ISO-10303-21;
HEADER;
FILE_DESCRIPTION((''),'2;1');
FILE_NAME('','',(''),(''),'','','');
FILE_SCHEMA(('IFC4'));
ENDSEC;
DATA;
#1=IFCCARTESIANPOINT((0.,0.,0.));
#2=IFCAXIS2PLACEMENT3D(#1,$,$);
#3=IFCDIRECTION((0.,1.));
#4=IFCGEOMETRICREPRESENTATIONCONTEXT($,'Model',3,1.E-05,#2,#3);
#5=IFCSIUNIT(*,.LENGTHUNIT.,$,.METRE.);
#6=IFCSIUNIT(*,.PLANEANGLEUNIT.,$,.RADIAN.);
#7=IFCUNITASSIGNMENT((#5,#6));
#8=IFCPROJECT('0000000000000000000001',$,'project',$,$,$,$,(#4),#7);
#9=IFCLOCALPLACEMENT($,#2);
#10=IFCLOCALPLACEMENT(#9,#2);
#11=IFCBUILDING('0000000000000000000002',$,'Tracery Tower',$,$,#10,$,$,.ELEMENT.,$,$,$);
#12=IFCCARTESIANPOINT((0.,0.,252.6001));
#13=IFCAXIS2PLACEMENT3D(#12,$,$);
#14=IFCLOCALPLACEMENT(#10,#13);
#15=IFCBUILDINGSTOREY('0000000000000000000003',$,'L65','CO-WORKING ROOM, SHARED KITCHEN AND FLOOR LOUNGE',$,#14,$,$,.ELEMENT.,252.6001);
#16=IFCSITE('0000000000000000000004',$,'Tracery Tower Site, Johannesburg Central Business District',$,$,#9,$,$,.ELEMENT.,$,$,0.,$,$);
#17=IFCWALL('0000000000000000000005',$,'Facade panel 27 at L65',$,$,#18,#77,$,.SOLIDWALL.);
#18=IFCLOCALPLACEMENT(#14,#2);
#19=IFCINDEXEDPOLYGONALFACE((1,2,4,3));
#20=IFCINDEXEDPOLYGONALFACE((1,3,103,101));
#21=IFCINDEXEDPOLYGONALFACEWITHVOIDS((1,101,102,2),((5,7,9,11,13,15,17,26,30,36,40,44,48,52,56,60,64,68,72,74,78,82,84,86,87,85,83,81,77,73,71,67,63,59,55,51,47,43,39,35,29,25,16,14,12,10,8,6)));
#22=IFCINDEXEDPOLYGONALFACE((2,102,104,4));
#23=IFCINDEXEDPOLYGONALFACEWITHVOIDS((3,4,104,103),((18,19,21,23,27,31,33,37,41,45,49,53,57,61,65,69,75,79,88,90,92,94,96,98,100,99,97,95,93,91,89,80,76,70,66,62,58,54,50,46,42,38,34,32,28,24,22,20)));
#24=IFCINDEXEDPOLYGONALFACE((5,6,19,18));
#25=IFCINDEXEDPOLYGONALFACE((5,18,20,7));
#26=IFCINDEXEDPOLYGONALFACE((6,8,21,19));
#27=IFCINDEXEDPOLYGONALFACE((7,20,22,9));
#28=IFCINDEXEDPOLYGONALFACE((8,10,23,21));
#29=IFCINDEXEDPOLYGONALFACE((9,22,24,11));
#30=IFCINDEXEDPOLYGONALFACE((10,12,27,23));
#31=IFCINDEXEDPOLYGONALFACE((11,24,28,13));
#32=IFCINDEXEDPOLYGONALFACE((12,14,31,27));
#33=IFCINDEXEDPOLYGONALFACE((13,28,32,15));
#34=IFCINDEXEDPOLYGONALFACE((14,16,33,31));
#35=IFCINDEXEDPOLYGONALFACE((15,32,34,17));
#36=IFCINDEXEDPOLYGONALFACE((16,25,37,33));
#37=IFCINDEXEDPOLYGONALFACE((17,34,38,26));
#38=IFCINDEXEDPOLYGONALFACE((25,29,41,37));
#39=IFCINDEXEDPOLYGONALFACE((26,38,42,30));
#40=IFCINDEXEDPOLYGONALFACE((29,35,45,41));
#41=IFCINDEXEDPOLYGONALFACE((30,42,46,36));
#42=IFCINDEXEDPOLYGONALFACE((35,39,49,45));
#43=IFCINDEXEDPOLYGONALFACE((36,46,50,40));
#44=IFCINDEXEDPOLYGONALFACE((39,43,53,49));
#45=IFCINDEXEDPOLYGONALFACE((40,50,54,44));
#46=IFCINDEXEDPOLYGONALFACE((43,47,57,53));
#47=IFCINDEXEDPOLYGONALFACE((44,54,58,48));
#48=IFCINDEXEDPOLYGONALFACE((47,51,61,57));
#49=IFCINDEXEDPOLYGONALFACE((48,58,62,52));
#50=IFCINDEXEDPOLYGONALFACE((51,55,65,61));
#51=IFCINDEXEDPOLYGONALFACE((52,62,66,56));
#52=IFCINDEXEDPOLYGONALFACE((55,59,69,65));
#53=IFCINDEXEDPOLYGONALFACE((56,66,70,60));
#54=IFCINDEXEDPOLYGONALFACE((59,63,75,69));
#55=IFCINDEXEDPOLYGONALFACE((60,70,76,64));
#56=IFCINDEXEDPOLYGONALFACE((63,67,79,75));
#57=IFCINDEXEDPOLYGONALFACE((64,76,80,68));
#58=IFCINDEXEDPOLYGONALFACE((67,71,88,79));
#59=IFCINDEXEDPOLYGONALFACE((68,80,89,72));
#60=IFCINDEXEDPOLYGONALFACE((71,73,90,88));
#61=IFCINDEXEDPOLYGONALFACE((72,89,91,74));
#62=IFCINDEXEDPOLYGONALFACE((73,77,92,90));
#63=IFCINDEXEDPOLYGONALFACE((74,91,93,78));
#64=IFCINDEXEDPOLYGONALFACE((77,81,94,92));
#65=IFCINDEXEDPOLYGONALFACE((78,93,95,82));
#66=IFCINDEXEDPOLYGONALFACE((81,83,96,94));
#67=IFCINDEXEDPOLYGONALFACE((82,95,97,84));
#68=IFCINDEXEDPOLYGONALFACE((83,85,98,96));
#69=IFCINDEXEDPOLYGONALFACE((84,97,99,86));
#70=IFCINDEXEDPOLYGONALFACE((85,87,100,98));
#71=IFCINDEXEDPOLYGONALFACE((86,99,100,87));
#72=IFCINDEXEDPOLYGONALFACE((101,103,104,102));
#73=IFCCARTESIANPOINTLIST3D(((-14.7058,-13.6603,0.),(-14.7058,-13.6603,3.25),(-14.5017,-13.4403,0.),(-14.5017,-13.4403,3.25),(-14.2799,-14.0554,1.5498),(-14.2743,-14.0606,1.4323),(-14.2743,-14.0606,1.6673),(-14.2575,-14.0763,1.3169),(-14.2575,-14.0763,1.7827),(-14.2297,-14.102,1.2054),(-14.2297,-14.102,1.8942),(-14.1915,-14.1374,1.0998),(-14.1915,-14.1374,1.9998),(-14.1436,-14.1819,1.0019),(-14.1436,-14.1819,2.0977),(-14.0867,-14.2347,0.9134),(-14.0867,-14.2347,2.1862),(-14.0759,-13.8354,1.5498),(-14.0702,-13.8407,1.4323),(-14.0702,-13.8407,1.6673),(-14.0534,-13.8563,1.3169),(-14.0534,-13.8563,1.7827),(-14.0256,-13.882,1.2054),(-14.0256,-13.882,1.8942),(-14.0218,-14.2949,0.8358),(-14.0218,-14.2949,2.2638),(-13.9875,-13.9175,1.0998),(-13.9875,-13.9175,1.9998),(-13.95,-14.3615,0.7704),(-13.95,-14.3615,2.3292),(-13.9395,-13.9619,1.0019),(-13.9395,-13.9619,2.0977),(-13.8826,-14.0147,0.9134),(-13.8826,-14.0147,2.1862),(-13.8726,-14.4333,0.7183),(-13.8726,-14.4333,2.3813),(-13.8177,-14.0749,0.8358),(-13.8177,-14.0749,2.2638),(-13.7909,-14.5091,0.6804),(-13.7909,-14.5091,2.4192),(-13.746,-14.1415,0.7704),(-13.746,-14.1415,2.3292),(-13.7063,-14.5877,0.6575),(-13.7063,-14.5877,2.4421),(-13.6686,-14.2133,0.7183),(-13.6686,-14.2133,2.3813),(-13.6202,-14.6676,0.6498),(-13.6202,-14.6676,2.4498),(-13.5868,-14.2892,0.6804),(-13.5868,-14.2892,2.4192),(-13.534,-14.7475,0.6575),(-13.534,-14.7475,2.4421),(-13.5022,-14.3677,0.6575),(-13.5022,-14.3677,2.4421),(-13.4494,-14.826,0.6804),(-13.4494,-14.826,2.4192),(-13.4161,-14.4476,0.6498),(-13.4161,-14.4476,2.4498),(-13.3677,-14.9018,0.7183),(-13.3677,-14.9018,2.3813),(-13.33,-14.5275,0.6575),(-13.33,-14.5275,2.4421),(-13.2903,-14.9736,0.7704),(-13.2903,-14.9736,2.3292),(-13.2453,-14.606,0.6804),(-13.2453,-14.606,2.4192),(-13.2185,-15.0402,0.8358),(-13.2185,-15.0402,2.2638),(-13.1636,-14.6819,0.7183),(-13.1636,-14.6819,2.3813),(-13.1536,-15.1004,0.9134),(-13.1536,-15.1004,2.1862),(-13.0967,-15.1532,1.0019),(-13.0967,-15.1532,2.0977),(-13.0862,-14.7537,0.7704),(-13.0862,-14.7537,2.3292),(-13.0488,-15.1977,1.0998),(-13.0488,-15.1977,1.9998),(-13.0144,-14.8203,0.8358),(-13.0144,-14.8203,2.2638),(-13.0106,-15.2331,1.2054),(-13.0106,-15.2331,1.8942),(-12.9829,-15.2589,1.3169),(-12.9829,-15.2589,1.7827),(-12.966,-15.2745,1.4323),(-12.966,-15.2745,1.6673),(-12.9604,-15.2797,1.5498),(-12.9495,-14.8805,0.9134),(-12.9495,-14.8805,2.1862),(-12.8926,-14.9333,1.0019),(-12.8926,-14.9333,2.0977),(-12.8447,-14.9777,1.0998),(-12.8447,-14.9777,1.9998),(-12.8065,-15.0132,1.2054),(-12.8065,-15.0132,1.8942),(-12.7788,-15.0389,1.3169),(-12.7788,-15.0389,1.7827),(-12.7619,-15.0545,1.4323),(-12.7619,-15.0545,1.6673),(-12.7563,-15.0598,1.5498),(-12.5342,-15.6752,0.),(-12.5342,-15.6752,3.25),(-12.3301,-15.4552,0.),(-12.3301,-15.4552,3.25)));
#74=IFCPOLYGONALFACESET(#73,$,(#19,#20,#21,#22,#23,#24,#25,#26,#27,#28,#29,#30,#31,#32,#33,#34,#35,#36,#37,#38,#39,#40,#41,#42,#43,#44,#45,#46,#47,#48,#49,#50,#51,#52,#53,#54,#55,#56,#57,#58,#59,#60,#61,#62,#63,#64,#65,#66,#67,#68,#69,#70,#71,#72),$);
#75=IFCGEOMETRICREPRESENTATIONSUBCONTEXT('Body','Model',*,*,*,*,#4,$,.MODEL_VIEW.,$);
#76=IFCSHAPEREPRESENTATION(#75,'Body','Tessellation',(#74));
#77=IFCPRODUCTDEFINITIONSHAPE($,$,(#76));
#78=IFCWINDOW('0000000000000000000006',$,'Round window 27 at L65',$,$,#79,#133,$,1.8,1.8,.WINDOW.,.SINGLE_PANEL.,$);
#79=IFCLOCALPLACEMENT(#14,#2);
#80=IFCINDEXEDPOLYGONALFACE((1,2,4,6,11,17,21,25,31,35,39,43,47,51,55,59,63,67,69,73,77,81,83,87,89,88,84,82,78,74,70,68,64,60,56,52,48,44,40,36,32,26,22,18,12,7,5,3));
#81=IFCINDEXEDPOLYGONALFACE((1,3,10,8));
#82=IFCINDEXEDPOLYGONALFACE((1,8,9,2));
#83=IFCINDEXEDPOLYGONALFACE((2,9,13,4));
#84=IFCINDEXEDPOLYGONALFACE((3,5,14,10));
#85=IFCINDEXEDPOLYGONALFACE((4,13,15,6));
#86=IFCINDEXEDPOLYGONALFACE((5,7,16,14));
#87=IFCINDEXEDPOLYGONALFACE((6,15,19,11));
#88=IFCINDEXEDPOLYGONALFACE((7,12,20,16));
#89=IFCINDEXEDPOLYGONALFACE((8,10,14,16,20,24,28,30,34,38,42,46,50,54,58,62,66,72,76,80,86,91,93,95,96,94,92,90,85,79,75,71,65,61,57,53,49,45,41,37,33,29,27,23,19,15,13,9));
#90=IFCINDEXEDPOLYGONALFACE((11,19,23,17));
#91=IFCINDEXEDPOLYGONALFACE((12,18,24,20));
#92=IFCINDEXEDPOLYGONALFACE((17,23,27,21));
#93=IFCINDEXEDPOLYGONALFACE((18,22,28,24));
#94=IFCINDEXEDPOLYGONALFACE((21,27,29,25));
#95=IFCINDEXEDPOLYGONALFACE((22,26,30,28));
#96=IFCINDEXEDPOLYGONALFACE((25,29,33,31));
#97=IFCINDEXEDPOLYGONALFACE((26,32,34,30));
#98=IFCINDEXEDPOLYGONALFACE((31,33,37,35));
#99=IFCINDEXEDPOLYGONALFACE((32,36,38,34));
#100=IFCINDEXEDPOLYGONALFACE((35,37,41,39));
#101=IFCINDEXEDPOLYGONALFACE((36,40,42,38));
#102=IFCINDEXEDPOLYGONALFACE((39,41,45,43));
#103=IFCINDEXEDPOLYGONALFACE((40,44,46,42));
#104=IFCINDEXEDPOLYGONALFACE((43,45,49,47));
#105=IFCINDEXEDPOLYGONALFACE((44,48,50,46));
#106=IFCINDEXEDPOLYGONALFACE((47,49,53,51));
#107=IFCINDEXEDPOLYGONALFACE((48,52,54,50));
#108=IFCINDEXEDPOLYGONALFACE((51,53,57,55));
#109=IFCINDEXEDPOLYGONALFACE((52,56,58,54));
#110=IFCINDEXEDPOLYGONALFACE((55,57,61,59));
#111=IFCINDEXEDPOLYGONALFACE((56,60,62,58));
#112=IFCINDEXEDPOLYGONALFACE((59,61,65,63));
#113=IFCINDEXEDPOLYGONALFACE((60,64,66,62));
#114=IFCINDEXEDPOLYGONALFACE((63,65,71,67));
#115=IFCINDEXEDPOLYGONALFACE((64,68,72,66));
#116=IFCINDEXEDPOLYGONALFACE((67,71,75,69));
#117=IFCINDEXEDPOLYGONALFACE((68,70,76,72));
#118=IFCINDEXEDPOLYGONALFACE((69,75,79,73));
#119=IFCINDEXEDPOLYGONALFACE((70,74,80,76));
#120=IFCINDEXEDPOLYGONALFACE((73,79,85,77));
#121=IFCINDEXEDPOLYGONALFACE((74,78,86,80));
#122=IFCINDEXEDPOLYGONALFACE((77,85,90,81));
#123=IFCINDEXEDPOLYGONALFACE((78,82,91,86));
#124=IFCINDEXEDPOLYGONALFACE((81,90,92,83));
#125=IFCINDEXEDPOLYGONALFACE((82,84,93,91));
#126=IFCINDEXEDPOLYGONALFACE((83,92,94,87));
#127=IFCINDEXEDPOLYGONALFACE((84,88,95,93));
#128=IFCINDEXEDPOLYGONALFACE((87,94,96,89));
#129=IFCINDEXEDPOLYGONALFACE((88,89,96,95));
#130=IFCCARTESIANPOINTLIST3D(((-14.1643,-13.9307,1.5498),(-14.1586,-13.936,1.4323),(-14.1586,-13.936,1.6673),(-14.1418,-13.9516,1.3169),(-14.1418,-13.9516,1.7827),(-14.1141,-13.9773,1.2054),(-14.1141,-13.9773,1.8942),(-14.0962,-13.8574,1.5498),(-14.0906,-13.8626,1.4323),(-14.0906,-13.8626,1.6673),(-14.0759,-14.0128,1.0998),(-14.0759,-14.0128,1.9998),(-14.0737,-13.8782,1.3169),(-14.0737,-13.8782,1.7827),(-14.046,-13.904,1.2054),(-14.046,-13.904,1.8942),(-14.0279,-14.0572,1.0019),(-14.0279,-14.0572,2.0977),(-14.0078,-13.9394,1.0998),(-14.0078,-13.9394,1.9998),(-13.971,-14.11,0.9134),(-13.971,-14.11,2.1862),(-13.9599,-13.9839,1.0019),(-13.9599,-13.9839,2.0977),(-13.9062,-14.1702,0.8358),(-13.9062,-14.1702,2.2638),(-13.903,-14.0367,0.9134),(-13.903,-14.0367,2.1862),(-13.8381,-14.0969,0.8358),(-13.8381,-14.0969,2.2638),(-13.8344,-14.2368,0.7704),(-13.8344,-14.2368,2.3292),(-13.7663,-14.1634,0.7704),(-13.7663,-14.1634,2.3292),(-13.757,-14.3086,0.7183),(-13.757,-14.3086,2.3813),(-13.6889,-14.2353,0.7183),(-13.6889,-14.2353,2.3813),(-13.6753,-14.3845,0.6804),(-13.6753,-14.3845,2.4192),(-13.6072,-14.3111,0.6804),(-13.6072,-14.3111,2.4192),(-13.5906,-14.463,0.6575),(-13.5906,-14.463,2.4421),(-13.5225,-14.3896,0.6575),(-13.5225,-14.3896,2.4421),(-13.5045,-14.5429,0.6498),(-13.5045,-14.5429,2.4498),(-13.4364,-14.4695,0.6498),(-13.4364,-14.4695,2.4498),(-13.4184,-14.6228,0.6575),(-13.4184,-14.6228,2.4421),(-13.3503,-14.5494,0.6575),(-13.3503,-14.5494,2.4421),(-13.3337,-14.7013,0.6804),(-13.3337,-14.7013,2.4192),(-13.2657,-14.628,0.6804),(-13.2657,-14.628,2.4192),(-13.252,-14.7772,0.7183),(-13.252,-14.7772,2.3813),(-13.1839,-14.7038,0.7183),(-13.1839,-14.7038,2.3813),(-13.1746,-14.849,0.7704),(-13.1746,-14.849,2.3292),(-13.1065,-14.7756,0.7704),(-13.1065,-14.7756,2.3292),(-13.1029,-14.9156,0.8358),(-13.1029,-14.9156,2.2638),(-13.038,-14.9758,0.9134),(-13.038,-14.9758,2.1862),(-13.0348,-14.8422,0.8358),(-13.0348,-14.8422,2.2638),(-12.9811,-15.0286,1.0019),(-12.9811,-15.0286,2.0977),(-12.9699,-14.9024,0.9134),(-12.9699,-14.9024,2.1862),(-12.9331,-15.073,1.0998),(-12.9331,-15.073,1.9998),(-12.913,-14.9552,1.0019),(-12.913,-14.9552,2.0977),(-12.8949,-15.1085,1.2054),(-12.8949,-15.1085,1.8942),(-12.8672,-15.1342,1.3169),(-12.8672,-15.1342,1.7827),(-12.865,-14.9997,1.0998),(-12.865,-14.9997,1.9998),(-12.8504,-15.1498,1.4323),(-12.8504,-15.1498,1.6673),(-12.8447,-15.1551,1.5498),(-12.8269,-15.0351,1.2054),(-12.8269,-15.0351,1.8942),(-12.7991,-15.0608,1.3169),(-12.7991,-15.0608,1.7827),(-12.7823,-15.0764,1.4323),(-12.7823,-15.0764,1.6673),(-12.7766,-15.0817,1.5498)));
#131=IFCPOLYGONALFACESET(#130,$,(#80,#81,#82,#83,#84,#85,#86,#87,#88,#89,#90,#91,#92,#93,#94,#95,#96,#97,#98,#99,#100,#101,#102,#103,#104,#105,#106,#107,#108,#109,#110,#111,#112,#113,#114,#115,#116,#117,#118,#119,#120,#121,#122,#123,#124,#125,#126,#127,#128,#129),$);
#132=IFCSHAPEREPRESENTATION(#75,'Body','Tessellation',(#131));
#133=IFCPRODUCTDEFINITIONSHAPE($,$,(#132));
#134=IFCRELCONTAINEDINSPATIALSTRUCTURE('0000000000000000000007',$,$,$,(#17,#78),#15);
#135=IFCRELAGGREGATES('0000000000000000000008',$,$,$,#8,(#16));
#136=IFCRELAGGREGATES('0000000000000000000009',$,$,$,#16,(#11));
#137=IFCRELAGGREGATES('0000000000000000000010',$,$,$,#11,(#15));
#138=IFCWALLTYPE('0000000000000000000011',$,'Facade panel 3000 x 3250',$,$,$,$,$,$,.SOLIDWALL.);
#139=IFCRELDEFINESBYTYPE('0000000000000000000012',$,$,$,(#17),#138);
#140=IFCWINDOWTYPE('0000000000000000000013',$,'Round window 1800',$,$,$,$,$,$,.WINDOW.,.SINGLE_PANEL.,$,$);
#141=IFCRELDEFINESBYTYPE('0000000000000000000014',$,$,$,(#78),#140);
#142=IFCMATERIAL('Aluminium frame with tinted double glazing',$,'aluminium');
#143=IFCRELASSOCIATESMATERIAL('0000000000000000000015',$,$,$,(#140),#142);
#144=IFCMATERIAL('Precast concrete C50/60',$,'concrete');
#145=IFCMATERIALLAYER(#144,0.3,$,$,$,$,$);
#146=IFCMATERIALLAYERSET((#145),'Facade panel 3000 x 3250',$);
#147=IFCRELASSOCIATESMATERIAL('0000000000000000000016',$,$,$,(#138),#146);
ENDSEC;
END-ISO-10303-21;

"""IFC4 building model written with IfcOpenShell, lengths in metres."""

from ifc_helpers import new_model, si_unit, direction, frame, frame_2d, origin, origin_2d, place, context, subcontext, project, spatial, rectangle, circle, extrude, material, layer, layer_set, type_object, element, fill, save


model = new_model("IFC4")

# Units and contexts
model_context = context("Model", 3, precision=1e-05, world=origin(), true_north=direction((0.0, 1.0)))
body_context = subcontext(model_context, "Body", "Model", "MODEL_VIEW")
ifc_project = project(units=[si_unit("LENGTHUNIT", "METRE"), si_unit("PLANEANGLEUNIT", "RADIAN")], contexts=[model_context])

# Site, building, storey
site_placement = place(None, origin())
site = spatial("IfcSite", under=ifc_project, at=site_placement, Name="Tracery Tower Site, Johannesburg Central Business District", CompositionType="ELEMENT", RefElevation=0.0)
building_placement = place(site_placement, origin())
building = spatial("IfcBuilding", under=site, at=building_placement, Name="Tracery Tower", CompositionType="ELEMENT")
storey_placement = place(building_placement, frame((0.0, 0.0, 252.6001)))
storey = spatial("IfcBuildingStorey", under=building, at=storey_placement, Name="L65", Description="CO-WORKING ROOM, SHARED KITCHEN AND FLOOR LOUNGE", CompositionType="ELEMENT", Elevation=252.6001)

# Wall, opening, window
ifc_material_1 = material(Name="Aluminium frame with tinted double glazing", Category="aluminium")
window_type = type_object("IfcWindowType", Name="Round window 1800", PartitioningType="SINGLE_PANEL", PredefinedType="WINDOW", material=ifc_material_1)
ifc_material_2 = material(Name="Precast concrete C50/60", Category="concrete")
ifc_layer_1 = layer(ifc_material_2, 0.3)
ifc_layer_set_1 = layer_set([ifc_layer_1], Name="Facade panel 3000 x 3250")
wall_type_1 = type_object("IfcWallType", Name="Facade panel 3000 x 3250", PredefinedType="SOLIDWALL", material=ifc_layer_set_1)
wall_1_placement = place(storey_placement, frame((-14.6038, -13.5503, 0.0), z_axis=(0.0, 0.0, 1.0), x_axis=(0.733066, -0.680157, 0.0)))
wall_1 = element("IfcWall", 1, at=wall_1_placement, inside=storey, type_object=wall_type_1, Name="Facade panel 27 at L65", PredefinedType="SOLIDWALL", context=body_context, shape_type="SweptSolid", body=[
    extrude(rectangle(XDim=2.9624, YDim=0.3, at=frame_2d((1.4812, 0.0))), origin(), (0.0, 0.0, 1.0), 3.25),
])
opening_1_placement = place(wall_1_placement, frame((1.481, 0.0, 1.5498)))
opening_1 = element("IfcOpeningElement", 2, at=opening_1_placement, cuts=wall_1, PredefinedType="OPENING", context=body_context, shape_type="SweptSolid", body=[
    extrude(circle(Radius=0.9, at=origin_2d()), frame((0.0, 0.1599, 0.0), z_axis=(0.0, -1.0, 0.0), x_axis=(1.0, 0.0, 0.0)), (0.0, 0.0, 1.0), 0.3201),
])
window_1_placement = place(opening_1_placement, origin())
window_1 = element("IfcWindow", 3, at=window_1_placement, inside=storey, type_object=window_type, Name="Round window 27 at L65", OverallHeight=1.8, OverallWidth=1.8, PartitioningType="SINGLE_PANEL", PredefinedType="WINDOW", context=body_context, shape_type="SweptSolid", body=[
    extrude(circle(Radius=0.9, at=origin_2d()), frame((0.0, 0.1201, 0.0), z_axis=(0.0, -1.0, 0.0), x_axis=(1.0, 0.0, 0.0)), (0.0, 0.0, 1.0), 0.1001),
])
fill(opening_1, window_1)

save(model, "model.ifc")
